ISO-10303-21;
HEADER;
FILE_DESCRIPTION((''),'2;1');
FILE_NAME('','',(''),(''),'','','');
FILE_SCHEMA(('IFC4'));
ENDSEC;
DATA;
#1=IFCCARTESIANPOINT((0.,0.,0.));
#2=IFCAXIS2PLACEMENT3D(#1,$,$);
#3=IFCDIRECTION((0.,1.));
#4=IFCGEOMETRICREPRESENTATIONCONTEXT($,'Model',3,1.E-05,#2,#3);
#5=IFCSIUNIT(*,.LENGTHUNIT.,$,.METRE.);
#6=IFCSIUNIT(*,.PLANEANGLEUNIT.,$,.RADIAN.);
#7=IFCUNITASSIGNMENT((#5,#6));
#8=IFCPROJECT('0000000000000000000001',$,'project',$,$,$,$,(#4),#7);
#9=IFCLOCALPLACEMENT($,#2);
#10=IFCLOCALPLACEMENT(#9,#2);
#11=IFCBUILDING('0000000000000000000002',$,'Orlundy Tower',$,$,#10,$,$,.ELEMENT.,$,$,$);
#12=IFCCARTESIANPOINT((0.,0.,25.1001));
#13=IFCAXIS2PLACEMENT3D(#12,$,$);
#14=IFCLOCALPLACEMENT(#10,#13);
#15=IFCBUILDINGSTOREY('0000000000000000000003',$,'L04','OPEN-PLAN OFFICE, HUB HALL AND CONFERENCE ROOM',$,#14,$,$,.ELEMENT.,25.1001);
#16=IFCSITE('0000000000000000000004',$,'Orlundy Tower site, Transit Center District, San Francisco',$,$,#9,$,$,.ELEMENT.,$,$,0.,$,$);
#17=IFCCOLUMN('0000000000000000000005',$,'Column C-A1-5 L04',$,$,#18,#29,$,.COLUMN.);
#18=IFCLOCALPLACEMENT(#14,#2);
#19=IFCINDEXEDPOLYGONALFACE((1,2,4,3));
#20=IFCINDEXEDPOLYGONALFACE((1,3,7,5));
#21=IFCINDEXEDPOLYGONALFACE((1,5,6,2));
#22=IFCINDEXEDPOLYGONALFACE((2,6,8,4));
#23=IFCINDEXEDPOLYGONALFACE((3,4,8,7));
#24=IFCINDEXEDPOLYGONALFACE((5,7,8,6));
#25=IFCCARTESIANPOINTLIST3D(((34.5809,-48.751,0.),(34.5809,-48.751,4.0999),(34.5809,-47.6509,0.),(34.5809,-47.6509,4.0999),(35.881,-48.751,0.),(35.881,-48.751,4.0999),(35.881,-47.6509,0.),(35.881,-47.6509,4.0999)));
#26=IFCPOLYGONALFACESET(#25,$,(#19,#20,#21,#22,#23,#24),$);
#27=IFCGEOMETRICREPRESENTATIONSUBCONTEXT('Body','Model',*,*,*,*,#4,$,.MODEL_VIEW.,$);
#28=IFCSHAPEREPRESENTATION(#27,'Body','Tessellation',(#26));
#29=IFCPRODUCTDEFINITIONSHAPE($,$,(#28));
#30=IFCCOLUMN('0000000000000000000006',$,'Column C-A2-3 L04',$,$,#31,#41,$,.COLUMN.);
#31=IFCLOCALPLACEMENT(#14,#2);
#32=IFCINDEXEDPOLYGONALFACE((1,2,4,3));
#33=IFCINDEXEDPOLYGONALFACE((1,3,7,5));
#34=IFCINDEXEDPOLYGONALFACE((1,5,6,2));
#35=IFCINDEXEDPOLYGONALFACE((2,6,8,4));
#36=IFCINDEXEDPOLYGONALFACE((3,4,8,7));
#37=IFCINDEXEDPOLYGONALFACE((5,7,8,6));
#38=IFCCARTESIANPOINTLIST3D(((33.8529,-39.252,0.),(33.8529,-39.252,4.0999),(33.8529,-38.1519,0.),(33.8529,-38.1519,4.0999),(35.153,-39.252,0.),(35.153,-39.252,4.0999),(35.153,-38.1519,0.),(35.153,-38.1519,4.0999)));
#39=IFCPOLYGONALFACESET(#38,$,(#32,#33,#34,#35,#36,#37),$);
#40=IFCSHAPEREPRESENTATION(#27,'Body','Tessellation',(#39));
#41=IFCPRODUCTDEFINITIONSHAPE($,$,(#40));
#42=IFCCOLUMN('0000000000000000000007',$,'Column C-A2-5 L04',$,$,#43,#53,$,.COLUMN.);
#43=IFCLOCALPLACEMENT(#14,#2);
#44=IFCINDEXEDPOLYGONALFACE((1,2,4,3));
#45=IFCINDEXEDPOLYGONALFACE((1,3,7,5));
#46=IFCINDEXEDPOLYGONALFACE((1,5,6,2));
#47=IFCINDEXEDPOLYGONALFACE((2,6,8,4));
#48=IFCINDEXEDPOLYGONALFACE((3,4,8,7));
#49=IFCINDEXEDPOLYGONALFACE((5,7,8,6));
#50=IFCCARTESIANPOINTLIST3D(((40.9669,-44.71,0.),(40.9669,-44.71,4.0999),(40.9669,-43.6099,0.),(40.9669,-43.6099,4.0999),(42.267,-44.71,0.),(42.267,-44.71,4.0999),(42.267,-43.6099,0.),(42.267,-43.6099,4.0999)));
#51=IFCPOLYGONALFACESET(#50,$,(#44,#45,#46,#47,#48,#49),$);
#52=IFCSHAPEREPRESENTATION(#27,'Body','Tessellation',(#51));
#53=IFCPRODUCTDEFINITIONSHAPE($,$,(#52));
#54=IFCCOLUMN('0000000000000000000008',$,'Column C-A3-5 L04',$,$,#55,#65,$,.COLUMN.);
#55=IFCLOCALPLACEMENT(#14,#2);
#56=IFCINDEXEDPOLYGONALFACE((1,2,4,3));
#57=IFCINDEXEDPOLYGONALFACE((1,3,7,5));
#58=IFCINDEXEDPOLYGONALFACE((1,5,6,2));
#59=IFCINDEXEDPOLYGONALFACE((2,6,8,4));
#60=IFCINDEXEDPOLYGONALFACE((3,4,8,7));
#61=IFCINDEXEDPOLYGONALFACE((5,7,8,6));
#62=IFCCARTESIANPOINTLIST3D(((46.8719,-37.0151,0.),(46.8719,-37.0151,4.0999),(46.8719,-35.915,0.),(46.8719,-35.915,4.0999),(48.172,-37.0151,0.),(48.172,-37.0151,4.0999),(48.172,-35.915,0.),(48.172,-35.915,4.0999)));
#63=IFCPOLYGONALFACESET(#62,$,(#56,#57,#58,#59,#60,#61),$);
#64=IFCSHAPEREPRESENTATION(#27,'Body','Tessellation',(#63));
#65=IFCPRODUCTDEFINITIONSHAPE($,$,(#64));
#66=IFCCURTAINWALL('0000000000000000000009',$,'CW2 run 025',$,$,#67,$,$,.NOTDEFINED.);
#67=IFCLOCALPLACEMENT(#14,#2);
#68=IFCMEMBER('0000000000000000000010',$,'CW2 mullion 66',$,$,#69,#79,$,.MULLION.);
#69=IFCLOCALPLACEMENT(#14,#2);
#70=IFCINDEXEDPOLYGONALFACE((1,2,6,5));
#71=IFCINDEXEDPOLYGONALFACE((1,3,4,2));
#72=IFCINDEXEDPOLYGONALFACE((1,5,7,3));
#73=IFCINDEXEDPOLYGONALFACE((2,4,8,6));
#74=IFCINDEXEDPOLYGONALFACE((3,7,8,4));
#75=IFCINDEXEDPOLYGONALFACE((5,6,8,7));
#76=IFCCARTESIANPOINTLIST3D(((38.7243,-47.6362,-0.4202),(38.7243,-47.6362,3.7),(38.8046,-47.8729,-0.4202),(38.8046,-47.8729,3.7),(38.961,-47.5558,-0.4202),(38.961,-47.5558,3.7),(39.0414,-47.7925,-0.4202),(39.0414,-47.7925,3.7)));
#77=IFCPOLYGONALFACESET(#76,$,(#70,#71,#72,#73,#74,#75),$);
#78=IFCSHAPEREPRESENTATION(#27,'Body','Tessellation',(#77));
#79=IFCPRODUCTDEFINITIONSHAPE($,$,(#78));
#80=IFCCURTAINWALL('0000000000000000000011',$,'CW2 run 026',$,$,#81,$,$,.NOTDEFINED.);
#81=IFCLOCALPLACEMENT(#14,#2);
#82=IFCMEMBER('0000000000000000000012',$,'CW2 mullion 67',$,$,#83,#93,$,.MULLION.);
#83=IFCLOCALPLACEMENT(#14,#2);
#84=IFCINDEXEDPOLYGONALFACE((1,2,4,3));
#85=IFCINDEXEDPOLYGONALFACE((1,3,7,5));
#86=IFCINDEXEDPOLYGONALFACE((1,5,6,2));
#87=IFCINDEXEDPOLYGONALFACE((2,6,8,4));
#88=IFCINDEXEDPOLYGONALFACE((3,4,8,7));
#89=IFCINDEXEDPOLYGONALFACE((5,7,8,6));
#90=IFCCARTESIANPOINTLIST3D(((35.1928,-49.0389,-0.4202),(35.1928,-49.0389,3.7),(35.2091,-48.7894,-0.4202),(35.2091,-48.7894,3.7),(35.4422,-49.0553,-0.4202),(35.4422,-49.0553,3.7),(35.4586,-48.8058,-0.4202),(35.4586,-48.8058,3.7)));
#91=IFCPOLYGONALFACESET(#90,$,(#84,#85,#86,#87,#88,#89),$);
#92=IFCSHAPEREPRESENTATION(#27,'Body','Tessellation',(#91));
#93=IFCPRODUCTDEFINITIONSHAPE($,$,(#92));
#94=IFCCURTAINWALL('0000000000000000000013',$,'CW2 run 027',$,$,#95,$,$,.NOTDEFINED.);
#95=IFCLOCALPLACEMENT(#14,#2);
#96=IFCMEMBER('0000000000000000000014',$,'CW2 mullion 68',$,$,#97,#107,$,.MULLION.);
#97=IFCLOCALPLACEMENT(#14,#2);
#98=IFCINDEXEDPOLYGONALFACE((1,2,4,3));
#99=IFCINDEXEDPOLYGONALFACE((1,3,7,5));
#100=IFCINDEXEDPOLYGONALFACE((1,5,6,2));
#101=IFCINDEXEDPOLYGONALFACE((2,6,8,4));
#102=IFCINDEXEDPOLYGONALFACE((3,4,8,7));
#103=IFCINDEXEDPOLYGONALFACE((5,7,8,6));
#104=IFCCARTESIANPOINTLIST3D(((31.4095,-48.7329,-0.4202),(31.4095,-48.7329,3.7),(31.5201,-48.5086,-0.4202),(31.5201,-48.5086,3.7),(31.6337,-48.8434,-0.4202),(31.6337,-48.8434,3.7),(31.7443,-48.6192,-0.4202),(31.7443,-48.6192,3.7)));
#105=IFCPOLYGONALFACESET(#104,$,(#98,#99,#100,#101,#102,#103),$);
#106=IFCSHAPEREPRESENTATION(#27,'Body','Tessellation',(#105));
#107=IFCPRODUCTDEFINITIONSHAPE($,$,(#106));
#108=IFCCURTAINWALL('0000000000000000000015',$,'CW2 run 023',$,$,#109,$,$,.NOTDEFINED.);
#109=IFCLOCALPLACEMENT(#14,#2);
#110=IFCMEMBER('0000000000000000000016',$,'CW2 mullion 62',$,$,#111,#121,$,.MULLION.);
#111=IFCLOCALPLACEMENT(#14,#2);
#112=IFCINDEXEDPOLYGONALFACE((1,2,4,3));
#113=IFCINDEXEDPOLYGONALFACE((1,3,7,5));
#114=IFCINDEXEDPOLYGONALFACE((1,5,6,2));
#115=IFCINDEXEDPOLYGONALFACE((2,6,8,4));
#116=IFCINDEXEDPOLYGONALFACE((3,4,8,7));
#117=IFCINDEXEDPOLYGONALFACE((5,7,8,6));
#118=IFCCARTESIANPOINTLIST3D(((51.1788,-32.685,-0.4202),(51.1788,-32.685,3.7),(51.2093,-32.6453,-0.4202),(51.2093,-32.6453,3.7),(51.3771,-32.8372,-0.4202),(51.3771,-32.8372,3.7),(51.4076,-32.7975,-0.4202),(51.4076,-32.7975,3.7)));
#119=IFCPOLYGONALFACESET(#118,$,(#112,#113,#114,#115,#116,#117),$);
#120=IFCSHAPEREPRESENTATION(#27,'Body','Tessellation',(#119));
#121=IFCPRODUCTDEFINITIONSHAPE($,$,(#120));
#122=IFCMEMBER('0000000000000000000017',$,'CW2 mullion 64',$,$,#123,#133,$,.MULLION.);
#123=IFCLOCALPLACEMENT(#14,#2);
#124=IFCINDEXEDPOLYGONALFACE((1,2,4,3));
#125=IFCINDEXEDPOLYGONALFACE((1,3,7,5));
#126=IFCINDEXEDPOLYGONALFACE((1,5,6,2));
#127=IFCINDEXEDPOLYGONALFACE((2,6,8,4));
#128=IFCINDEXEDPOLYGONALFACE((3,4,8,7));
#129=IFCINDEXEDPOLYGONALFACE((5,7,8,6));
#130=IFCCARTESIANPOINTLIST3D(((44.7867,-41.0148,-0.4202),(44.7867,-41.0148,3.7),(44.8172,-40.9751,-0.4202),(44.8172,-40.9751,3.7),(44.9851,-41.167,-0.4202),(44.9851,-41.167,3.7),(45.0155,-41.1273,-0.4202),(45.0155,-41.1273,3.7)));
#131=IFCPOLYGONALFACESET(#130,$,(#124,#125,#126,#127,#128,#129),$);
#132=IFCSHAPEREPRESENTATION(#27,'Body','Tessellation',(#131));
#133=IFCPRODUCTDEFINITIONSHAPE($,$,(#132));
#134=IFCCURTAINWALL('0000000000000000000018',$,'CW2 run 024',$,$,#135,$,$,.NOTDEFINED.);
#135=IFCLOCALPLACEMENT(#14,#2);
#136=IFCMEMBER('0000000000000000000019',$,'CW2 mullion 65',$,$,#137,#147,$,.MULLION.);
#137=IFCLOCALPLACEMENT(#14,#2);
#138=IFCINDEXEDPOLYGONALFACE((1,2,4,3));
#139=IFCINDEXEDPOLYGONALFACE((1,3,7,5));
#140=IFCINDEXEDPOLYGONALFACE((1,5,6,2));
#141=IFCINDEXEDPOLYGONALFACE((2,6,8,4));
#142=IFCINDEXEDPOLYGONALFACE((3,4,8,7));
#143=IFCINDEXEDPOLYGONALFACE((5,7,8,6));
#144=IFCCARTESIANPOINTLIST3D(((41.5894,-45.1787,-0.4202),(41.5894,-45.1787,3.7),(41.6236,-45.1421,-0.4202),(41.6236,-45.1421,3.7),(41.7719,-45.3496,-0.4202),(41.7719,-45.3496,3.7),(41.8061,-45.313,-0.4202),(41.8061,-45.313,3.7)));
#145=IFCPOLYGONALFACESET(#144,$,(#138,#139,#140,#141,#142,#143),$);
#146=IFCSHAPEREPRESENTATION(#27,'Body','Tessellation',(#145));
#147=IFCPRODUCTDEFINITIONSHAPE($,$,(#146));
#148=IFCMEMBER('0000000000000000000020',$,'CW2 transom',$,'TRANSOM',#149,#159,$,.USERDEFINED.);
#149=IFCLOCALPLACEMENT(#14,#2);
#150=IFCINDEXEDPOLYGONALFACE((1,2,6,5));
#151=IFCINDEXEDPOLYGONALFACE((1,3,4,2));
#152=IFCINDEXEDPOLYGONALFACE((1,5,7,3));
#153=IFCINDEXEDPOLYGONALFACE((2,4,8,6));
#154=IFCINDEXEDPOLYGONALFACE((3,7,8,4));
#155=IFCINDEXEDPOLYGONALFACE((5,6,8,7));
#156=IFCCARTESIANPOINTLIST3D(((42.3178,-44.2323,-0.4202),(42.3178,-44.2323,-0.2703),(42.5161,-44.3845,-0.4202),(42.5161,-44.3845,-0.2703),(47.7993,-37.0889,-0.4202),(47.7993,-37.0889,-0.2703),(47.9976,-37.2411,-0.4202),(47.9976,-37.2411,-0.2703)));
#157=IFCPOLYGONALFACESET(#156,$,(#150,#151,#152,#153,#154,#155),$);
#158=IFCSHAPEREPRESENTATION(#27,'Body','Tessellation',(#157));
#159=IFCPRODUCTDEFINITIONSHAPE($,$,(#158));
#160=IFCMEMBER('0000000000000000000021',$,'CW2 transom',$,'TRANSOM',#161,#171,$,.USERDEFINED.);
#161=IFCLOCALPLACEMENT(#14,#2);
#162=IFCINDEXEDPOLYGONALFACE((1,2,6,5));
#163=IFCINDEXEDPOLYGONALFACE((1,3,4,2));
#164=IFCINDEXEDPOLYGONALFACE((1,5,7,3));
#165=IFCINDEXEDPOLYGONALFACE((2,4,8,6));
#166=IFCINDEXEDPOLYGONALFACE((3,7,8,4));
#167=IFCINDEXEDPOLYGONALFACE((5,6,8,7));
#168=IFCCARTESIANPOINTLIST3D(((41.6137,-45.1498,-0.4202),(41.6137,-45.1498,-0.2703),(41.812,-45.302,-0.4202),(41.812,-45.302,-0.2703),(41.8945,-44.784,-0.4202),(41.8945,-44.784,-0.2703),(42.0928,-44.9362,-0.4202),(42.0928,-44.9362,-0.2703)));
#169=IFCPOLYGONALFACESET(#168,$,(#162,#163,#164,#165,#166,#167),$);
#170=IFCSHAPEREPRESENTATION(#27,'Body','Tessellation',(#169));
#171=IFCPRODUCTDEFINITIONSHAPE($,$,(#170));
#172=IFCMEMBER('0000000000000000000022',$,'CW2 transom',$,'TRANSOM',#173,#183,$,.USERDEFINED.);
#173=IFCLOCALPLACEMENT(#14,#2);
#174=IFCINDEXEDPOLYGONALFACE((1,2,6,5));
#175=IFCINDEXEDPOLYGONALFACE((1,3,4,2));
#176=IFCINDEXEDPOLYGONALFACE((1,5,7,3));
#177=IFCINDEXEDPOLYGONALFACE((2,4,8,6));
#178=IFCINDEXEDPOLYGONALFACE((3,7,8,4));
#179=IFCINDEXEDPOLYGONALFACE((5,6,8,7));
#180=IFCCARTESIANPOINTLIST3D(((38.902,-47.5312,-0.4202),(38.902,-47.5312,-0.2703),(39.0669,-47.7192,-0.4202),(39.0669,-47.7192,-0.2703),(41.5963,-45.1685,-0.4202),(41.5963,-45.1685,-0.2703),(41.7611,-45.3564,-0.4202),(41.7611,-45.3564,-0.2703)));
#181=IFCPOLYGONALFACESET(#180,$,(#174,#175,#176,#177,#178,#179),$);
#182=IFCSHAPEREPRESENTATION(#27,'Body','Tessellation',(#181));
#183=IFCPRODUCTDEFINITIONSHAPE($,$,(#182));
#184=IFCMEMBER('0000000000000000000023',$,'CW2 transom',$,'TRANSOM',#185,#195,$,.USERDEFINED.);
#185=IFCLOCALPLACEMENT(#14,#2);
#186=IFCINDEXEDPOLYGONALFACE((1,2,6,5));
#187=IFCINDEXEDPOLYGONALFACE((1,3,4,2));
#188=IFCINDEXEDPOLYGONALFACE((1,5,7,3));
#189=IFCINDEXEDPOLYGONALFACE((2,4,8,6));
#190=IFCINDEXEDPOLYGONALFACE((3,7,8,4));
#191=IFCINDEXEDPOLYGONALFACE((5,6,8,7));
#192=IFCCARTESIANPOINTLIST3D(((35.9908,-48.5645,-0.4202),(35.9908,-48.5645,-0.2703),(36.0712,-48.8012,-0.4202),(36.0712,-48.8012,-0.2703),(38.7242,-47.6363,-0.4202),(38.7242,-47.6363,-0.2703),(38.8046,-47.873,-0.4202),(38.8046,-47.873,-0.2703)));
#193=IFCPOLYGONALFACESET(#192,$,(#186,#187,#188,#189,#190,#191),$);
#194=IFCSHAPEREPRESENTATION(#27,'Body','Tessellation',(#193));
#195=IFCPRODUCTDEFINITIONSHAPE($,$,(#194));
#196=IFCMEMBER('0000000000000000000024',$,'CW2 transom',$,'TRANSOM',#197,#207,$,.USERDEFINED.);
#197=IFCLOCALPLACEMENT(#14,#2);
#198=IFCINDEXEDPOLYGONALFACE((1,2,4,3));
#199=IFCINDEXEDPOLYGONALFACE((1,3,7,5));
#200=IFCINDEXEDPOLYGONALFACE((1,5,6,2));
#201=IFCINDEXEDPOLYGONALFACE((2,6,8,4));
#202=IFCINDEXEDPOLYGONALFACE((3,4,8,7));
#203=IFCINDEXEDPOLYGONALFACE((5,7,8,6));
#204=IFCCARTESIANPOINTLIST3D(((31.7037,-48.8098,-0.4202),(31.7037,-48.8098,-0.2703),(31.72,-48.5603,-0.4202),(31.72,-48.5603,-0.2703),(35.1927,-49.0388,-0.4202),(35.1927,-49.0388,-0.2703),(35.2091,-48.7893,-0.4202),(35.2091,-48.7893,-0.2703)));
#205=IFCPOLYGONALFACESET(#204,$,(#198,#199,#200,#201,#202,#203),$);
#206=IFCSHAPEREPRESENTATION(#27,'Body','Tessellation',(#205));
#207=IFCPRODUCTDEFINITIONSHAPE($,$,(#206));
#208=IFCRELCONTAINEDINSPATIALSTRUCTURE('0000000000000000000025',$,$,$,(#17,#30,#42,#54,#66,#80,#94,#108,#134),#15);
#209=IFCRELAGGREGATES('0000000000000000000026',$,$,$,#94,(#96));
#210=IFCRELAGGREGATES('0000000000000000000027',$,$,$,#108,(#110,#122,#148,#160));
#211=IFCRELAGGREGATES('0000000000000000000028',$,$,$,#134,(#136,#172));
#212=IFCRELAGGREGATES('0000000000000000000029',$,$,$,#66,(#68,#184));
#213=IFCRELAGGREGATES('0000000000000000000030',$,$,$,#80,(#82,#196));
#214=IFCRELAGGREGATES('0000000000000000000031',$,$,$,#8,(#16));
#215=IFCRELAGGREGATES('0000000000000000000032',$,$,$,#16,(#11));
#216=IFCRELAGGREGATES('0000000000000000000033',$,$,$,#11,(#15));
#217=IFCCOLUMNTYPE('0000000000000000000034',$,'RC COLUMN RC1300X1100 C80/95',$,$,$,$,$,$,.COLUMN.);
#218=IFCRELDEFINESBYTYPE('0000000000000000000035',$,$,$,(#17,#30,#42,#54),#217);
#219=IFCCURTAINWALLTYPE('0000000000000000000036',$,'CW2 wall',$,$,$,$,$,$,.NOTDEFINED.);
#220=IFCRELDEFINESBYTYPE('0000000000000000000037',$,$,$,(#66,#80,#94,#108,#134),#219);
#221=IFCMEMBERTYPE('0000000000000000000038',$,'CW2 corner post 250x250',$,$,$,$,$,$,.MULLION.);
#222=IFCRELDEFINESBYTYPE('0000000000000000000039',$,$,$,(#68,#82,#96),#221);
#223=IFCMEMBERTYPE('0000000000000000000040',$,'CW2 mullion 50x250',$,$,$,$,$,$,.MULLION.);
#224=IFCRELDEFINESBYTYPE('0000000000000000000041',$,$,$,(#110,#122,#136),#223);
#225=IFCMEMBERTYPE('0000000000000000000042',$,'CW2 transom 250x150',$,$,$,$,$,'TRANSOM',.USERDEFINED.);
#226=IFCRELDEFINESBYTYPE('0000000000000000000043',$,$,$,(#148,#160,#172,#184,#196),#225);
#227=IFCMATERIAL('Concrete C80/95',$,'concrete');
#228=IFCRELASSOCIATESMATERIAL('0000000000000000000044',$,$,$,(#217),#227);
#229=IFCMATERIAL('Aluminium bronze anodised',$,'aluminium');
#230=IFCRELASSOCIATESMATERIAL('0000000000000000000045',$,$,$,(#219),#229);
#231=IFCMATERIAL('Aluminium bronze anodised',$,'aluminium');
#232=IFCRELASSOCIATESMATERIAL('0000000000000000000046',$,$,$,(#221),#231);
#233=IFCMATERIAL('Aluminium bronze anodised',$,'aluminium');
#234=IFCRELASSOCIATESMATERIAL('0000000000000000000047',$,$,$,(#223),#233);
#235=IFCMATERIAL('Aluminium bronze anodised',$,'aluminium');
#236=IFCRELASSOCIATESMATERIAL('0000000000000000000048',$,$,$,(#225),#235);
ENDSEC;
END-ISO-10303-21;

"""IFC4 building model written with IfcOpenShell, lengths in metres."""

from ifc_helpers import new_model, si_unit, direction, frame, origin, origin_2d, place, context, subcontext, project, spatial, rectangle, extrude, material, material_profile, profile_set, type_object, element, aggregate, save


model = new_model("IFC4")

# Units and contexts
model_context = context("Model", 3, precision=1e-05, world=origin(), true_north=direction((0.0, 1.0)))
body_context = subcontext(model_context, "Body", "Model", "MODEL_VIEW")
ifc_project = project(units=[si_unit("LENGTHUNIT", "METRE"), si_unit("PLANEANGLEUNIT", "RADIAN")], contexts=[model_context])

# Site, building, storey
site_placement = place(None, origin())
site = spatial("IfcSite", under=ifc_project, at=site_placement, Name="Orlundy Tower site, Transit Center District, San Francisco", CompositionType="ELEMENT", RefElevation=0.0)
building_placement = place(site_placement, origin())
building = spatial("IfcBuilding", under=site, at=building_placement, Name="Orlundy Tower", CompositionType="ELEMENT")
storey_placement = place(building_placement, frame((0.0, 0.0, 25.1001)))
storey = spatial("IfcBuildingStorey", under=building, at=storey_placement, Name="L04", Description="OPEN-PLAN OFFICE, HUB HALL AND CONFERENCE ROOM", CompositionType="ELEMENT", Elevation=25.1001)

# Columns
ifc_material_1 = material(Name="Concrete C80/95", Category="concrete")
ifc_material_profile_1 = material_profile(ifc_material_1, rectangle(XDim=1.3, YDim=1.1001, at=origin_2d()), Name="RC1300X1100")
ifc_profile_set_1 = profile_set([ifc_material_profile_1], Name="Concrete C80/95")
column_type = type_object("IfcColumnType", Name="RC COLUMN RC1300X1100 C80/95", PredefinedType="COLUMN", material=ifc_profile_set_1)
for number, where, z_axis, x_axis, name in (
    (1, (35.231, -48.2009, 0.0), (0.0, 0.0, 1.0), (1.0, 0.0, 0.0), "Column C-A1-5 L04"),
    (2, (34.5029, -38.7019, 0.0), (0.0, 0.0, 1.0), (1.0, 0.0, 0.0), "Column C-A2-3 L04"),
    (3, (41.6169, -44.1599, 0.0), (0.0, 0.0, 1.0), (1.0, 0.0, 0.0), "Column C-A2-5 L04"),
    (4, (47.522, -36.4651, 0.0), (0.0, 0.0, 1.0), (1.0, 0.0, 0.0), "Column C-A3-5 L04"),
):
    element("IfcColumn", number, at=place(storey_placement, frame(where, z_axis=z_axis, x_axis=x_axis)), inside=storey, type_object=column_type, Name=name, PredefinedType="COLUMN", context=body_context, shape_type="SweptSolid", body=[
        extrude(rectangle(XDim=1.3, YDim=1.1001, at=origin_2d()), origin(), (0.0, 0.0, 1.0), 4.0999),
    ])

# Curtain walls, members
ifc_material_2 = material(Name="Aluminium bronze anodised", Category="aluminium")
curtain_wall_type = type_object("IfcCurtainWallType", Name="CW2 wall", PredefinedType="NOTDEFINED", material=ifc_material_2)
curtain_wall_1_placement = place(storey_placement, origin())
curtain_wall_1 = element("IfcCurtainWall", 5, at=curtain_wall_1_placement, inside=storey, type_object=curtain_wall_type, Name="CW2 run 025", PredefinedType="NOTDEFINED")
ifc_material_3 = material(Name="Aluminium bronze anodised", Category="aluminium")
ifc_material_profile_2 = material_profile(ifc_material_3, rectangle(XDim=0.25, YDim=0.25, at=origin_2d()), Name="CW2 corner post 250x250")
ifc_profile_set_2 = profile_set([ifc_material_profile_2], Name="Aluminium bronze anodised")
member_type_1 = type_object("IfcMemberType", Name="CW2 corner post 250x250", PredefinedType="MULLION", material=ifc_profile_set_2)
member_1_placement = place(storey_placement, frame((38.8828, -47.7144, -0.4202), z_axis=(0.0, 0.0, 1.0), x_axis=(0.321564, -0.946888, 0.0)))
member_1 = element("IfcMember", 6, at=member_1_placement, type_object=member_type_1, Name="CW2 mullion 66", PredefinedType="MULLION", context=body_context, shape_type="SweptSolid", body=[
    extrude(rectangle(XDim=0.25, YDim=0.25, at=origin_2d()), origin(), (0.0, 0.0, 1.0), 4.1201),
])
curtain_wall_2_placement = place(storey_placement, origin())
curtain_wall_2 = element("IfcCurtainWall", 7, at=curtain_wall_2_placement, inside=storey, type_object=curtain_wall_type, Name="CW2 run 026", PredefinedType="NOTDEFINED")
member_2_placement = place(storey_placement, frame((35.3257, -48.9224, -0.4202), z_axis=(0.0, 0.0, 1.0), x_axis=(-0.065552, -0.997849, 0.0)))
member_2 = element("IfcMember", 8, at=member_2_placement, type_object=member_type_1, Name="CW2 mullion 67", PredefinedType="MULLION", context=body_context, shape_type="SweptSolid", body=[
    extrude(rectangle(XDim=0.25, YDim=0.25, at=origin_2d()), origin(), (0.0, 0.0, 1.0), 4.1201),
])
curtain_wall_3_placement = place(storey_placement, origin())
curtain_wall_3 = element("IfcCurtainWall", 9, at=curtain_wall_3_placement, inside=storey, type_object=curtain_wall_type, Name="CW2 run 027", PredefinedType="NOTDEFINED")
member_3_placement = place(storey_placement, frame((31.5769, -48.676, -0.4202), z_axis=(0.0, 0.0, 1.0), x_axis=(-0.442242, -0.896896, 0.0)))
member_3 = element("IfcMember", 10, at=member_3_placement, type_object=member_type_1, Name="CW2 mullion 68", PredefinedType="MULLION", context=body_context, shape_type="SweptSolid", body=[
    extrude(rectangle(XDim=0.25, YDim=0.25, at=origin_2d()), origin(), (0.0, 0.0, 1.0), 4.1201),
])

# Curtain wall, members
curtain_wall_4_placement = place(storey_placement, origin())
curtain_wall_4 = element("IfcCurtainWall", 11, at=curtain_wall_4_placement, inside=storey, type_object=curtain_wall_type, Name="CW2 run 023", PredefinedType="NOTDEFINED")
ifc_material_4 = material(Name="Aluminium bronze anodised", Category="aluminium")
ifc_material_profile_3 = material_profile(ifc_material_4, rectangle(XDim=0.25, YDim=0.05, at=origin_2d()), Name="CW2 mullion 50x250")
ifc_profile_set_3 = profile_set([ifc_material_profile_3], Name="Aluminium bronze anodised")
member_type_2 = type_object("IfcMemberType", Name="CW2 mullion 50x250", PredefinedType="MULLION", material=ifc_profile_set_3)
member_4_placement = place(storey_placement, frame((51.2932, -32.7412, -0.4202), z_axis=(0.0, 0.0, 1.0), x_axis=(0.793346, -0.608771, 0.0)))
member_4 = element("IfcMember", 12, at=member_4_placement, type_object=member_type_2, Name="CW2 mullion 62", PredefinedType="MULLION", context=body_context, shape_type="SweptSolid", body=[
    extrude(rectangle(XDim=0.25, YDim=0.05, at=origin_2d()), origin(), (0.0, 0.0, 1.0), 4.1201),
])
member_5_placement = place(storey_placement, frame((44.9011, -41.071, -0.4202), z_axis=(0.0, 0.0, 1.0), x_axis=(0.793346, -0.608771, 0.0)))
member_5 = element("IfcMember", 13, at=member_5_placement, type_object=member_type_2, Name="CW2 mullion 64", PredefinedType="MULLION", context=body_context, shape_type="SweptSolid", body=[
    extrude(rectangle(XDim=0.25, YDim=0.05, at=origin_2d()), origin(), (0.0, 0.0, 1.0), 4.1201),
])

# Curtain wall, member
curtain_wall_5_placement = place(storey_placement, origin())
curtain_wall_5 = element("IfcCurtainWall", 14, at=curtain_wall_5_placement, inside=storey, type_object=curtain_wall_type, Name="CW2 run 024", PredefinedType="NOTDEFINED")
member_6_placement = place(storey_placement, frame((41.6978, -45.2458, -0.4202), z_axis=(0.0, 0.0, 1.0), x_axis=(0.729851, -0.683607, 0.0)))
member_6 = element("IfcMember", 15, at=member_6_placement, type_object=member_type_2, Name="CW2 mullion 65", PredefinedType="MULLION", context=body_context, shape_type="SweptSolid", body=[
    extrude(rectangle(XDim=0.25, YDim=0.05, at=origin_2d()), origin(), (0.0, 0.0, 1.0), 4.1201),
])

# Members
ifc_material_5 = material(Name="Aluminium bronze anodised", Category="aluminium")
ifc_material_profile_4 = material_profile(ifc_material_5, rectangle(XDim=0.25, YDim=0.1499, at=origin_2d()), Name="CW2 transom 250x150")
ifc_profile_set_4 = profile_set([ifc_material_profile_4], Name="Aluminium bronze anodised")
member_type_3 = type_object("IfcMemberType", Name="CW2 transom 250x150", ElementType="TRANSOM", PredefinedType="USERDEFINED", material=ifc_profile_set_4)
member_7_placement = place(storey_placement, frame((47.8984, -37.165, -0.3452), z_axis=(-0.608775, -0.793343, 0.0), x_axis=(0.793343, -0.608775, 0.0)))
member_7 = element("IfcMember", 16, at=member_7_placement, type_object=member_type_3, Name="CW2 transom", ObjectType="TRANSOM", PredefinedType="USERDEFINED", context=body_context, shape_type="SweptSolid", body=[
    extrude(rectangle(XDim=0.25, YDim=0.1499, at=origin_2d()), origin(), (0.0, 0.0, 1.0), 9.0042),
])
member_8_placement = place(storey_placement, frame((41.9937, -44.8601, -0.3452), z_axis=(-0.608943, -0.793214, 0.0), x_axis=(0.793214, -0.608943, 0.0)))
member_8 = element("IfcMember", 17, at=member_8_placement, type_object=member_type_3, Name="CW2 transom", ObjectType="TRANSOM", PredefinedType="USERDEFINED", context=body_context, shape_type="SweptSolid", body=[
    extrude(rectangle(XDim=0.25, YDim=0.1499, at=origin_2d()), origin(), (0.0, 0.0, 1.0), 0.4612),
])
member_9_placement = place(storey_placement, frame((41.6787, -45.2625, -0.3452), z_axis=(-0.75185, -0.659334, 0.0), x_axis=(0.659334, -0.75185, 0.0)))
member_9 = element("IfcMember", 18, at=member_9_placement, type_object=member_type_3, Name="CW2 transom", ObjectType="TRANSOM", PredefinedType="USERDEFINED", context=body_context, shape_type="SweptSolid", body=[
    extrude(rectangle(XDim=0.25, YDim=0.1499, at=origin_2d()), origin(), (0.0, 0.0, 1.0), 3.5835),
])
member_10_placement = place(storey_placement, frame((38.7644, -47.7546, -0.3452), z_axis=(-0.946892, -0.321551, 0.0), x_axis=(0.321551, -0.946892, 0.0)))
member_10 = element("IfcMember", 19, at=member_10_placement, type_object=member_type_3, Name="CW2 transom", ObjectType="TRANSOM", PredefinedType="USERDEFINED", context=body_context, shape_type="SweptSolid", body=[
    extrude(rectangle(XDim=0.25, YDim=0.1499, at=origin_2d()), origin(), (0.0, 0.0, 1.0), 2.8867),
])
member_11_placement = place(storey_placement, frame((35.2009, -48.9141, -0.3452), z_axis=(-0.997853, 0.065495, 0.0), x_axis=(-0.065495, -0.997853, 0.0)))
member_11 = element("IfcMember", 20, at=member_11_placement, type_object=member_type_3, Name="CW2 transom", ObjectType="TRANSOM", PredefinedType="USERDEFINED", context=body_context, shape_type="SweptSolid", body=[
    extrude(rectangle(XDim=0.25, YDim=0.1499, at=origin_2d()), origin(), (0.0, 0.0, 1.0), 3.4966),
])
aggregate(curtain_wall_3, [member_3])

aggregate(curtain_wall_4, [member_4, member_5, member_7, member_8])
aggregate(curtain_wall_5, [member_6, member_9])
aggregate(curtain_wall_1, [member_1, member_10])
aggregate(curtain_wall_2, [member_2, member_11])

save(model, "model.ifc")
